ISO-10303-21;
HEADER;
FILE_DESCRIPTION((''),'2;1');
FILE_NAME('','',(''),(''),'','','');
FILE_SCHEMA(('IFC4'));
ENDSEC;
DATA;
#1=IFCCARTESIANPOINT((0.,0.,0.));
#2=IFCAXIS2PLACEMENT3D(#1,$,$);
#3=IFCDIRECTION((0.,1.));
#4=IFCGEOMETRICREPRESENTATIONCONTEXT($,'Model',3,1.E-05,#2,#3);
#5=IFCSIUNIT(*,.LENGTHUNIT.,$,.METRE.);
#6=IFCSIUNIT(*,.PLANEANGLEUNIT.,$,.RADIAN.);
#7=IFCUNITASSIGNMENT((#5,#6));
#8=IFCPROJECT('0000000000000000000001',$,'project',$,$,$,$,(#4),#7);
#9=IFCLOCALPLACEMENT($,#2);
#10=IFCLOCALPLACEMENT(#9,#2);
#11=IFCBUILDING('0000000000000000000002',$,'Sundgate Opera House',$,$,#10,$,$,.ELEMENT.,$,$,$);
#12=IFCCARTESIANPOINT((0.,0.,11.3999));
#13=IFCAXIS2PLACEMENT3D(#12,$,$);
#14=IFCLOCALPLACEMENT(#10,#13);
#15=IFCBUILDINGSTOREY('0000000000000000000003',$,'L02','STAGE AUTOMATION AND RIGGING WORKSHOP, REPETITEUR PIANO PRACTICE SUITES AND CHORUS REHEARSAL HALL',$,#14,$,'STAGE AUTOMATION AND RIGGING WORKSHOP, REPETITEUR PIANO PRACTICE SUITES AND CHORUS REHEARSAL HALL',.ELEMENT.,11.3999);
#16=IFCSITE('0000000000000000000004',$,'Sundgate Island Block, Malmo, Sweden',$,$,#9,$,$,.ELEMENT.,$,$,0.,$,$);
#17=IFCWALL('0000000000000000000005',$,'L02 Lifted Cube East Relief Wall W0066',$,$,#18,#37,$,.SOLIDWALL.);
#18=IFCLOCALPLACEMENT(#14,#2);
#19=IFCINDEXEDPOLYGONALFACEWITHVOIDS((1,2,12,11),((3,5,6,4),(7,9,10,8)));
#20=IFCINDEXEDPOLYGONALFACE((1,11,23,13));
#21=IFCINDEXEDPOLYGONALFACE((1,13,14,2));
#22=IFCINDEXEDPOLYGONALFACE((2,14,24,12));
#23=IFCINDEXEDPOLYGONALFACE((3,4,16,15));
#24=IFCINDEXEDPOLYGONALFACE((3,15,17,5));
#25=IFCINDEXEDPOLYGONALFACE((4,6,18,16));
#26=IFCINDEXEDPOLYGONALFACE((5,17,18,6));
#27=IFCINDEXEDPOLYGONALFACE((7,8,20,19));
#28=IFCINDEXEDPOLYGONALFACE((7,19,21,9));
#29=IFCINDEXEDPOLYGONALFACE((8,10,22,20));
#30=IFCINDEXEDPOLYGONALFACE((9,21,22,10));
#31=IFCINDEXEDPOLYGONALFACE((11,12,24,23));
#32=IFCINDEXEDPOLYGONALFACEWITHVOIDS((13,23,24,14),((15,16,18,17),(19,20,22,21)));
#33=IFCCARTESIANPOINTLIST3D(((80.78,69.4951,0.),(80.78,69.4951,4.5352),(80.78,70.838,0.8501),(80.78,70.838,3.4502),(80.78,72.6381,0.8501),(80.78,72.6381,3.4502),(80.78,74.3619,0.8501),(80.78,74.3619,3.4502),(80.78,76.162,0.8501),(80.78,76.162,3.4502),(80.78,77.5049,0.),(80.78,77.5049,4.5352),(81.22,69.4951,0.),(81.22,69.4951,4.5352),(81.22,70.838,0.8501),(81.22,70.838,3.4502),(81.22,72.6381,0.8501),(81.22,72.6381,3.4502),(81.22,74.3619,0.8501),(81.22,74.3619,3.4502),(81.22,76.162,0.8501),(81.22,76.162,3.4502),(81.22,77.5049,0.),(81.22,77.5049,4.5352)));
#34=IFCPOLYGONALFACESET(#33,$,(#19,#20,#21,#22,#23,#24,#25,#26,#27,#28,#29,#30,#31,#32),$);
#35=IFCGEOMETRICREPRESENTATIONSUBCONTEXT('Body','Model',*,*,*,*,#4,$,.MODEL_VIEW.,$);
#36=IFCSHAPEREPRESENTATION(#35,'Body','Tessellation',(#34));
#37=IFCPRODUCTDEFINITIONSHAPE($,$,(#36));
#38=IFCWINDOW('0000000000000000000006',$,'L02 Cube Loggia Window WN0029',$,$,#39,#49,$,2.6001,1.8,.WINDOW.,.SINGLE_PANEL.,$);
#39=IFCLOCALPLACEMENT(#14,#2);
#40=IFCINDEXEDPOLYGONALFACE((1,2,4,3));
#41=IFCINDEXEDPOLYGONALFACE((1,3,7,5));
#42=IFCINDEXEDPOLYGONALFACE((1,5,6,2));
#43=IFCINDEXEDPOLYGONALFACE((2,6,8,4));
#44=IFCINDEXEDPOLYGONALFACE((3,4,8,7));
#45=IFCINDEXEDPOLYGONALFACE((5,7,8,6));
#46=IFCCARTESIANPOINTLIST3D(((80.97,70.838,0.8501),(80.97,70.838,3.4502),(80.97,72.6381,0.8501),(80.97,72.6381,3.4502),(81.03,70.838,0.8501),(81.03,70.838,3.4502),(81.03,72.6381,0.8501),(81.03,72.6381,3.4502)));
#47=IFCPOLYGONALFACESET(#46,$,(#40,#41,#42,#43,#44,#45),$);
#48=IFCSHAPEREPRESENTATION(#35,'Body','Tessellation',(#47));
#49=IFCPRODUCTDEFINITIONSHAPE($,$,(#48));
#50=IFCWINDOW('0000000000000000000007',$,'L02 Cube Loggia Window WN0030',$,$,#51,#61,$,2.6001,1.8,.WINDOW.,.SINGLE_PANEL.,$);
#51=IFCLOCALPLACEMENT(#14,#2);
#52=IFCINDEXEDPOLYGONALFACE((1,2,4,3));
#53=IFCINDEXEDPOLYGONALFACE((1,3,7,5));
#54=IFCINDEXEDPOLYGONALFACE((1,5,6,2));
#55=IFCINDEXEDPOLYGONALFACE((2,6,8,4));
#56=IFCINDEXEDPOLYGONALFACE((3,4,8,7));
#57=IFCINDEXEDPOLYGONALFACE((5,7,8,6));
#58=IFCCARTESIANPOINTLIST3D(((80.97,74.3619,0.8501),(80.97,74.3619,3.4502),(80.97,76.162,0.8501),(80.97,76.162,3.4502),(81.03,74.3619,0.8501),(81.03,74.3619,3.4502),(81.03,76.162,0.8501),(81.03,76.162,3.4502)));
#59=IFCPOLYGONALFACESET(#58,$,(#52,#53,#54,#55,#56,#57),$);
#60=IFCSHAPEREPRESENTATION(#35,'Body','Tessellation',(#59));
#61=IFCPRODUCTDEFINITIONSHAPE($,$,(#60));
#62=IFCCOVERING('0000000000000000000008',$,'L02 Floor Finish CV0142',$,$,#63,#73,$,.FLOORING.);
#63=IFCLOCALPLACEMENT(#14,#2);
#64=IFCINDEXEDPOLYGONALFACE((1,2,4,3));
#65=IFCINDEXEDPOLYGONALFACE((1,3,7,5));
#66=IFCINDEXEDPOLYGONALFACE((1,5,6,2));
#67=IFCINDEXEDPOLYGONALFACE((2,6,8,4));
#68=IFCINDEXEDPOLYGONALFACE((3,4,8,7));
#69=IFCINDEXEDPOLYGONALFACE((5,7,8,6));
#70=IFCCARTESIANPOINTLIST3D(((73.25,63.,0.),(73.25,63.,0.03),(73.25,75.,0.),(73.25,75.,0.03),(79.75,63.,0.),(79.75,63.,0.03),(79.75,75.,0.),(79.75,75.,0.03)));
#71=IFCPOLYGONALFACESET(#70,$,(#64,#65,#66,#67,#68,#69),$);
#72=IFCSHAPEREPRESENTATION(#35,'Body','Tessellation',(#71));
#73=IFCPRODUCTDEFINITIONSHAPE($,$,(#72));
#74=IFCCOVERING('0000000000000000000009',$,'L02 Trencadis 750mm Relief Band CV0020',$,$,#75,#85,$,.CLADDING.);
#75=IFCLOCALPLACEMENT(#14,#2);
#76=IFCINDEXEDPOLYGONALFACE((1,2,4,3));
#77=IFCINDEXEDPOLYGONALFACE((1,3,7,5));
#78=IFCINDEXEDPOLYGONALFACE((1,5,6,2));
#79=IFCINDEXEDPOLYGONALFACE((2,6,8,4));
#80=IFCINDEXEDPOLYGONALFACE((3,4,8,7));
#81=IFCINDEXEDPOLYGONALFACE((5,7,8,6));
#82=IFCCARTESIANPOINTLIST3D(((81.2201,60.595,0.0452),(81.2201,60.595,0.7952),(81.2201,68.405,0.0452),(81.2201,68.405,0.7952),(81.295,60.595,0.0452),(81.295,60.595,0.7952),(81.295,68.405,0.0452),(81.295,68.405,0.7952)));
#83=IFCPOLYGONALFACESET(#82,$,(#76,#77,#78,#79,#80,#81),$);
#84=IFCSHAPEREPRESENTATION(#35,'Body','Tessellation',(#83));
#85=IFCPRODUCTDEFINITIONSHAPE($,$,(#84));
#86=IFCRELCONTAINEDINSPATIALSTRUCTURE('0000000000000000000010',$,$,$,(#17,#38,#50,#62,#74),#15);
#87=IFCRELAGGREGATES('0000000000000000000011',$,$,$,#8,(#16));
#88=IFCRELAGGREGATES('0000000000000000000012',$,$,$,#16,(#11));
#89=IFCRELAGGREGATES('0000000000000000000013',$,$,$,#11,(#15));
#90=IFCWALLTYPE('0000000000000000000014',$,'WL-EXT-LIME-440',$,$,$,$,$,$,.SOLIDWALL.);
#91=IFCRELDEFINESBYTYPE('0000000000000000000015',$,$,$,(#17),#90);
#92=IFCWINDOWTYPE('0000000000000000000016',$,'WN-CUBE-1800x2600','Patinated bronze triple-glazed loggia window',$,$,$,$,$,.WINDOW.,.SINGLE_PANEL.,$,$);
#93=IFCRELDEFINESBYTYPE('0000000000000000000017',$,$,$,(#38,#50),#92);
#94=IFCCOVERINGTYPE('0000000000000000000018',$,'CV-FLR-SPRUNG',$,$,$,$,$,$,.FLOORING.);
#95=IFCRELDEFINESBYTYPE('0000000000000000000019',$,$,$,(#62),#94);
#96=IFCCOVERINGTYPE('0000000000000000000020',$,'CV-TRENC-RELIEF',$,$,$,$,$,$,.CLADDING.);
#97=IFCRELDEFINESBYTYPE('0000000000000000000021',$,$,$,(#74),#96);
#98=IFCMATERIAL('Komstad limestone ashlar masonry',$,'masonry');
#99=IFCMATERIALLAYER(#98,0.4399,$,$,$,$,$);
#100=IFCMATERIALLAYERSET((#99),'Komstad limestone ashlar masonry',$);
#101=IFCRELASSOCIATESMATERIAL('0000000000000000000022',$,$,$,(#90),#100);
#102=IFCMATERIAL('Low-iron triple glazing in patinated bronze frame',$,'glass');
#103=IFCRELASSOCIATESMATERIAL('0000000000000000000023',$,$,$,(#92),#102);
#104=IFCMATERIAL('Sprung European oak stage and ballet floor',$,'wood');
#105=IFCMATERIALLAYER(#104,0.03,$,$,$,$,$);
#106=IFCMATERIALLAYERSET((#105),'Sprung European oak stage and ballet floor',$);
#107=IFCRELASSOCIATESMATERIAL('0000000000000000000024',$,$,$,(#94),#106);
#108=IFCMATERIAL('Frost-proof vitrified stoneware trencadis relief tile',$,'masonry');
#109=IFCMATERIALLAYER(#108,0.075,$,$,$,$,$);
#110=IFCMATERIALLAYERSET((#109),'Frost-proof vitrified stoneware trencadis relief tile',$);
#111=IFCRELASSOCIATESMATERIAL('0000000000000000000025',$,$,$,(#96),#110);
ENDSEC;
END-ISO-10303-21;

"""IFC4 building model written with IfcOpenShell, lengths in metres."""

from ifc_helpers import new_model, si_unit, direction, frame, frame_2d, origin, origin_2d, place, context, subcontext, project, spatial, rectangle, extrude, material, layer, layer_set, type_object, element, fill, save


model = new_model("IFC4")

# Units and contexts
model_context = context("Model", 3, precision=1e-05, world=origin(), true_north=direction((0.0, 1.0)))
body_context = subcontext(model_context, "Body", "Model", "MODEL_VIEW")
ifc_project = project(units=[si_unit("LENGTHUNIT", "METRE"), si_unit("PLANEANGLEUNIT", "RADIAN")], contexts=[model_context])

# Site, building, storey
site_placement = place(None, origin())
site = spatial("IfcSite", under=ifc_project, at=site_placement, Name="Sundgate Island Block, Malmo, Sweden", CompositionType="ELEMENT", RefElevation=0.0)
building_placement = place(site_placement, origin())
building = spatial("IfcBuilding", under=site, at=building_placement, Name="Sundgate Opera House", CompositionType="ELEMENT")
storey_placement = place(building_placement, frame((0.0, 0.0, 11.3999)))
storey = spatial("IfcBuildingStorey", under=building, at=storey_placement, Name="L02", Description="STAGE AUTOMATION AND RIGGING WORKSHOP, REPETITEUR PIANO PRACTICE SUITES AND CHORUS REHEARSAL HALL", LongName="STAGE AUTOMATION AND RIGGING WORKSHOP, REPETITEUR PIANO PRACTICE SUITES AND CHORUS REHEARSAL HALL", CompositionType="ELEMENT", Elevation=11.3999)

# Wall, openings, windows
ifc_material_1 = material(Name="Komstad limestone ashlar masonry", Category="masonry")
ifc_layer_1 = layer(ifc_material_1, 0.4399)
ifc_layer_set_1 = layer_set([ifc_layer_1], Name="Komstad limestone ashlar masonry")
wall_type = type_object("IfcWallType", Name="WL-EXT-LIME-440", PredefinedType="SOLIDWALL", material=ifc_layer_set_1)
ifc_material_2 = material(Name="Low-iron triple glazing in patinated bronze frame", Category="glass")
window_type = type_object("IfcWindowType", Name="WN-CUBE-1800x2600", Description="Patinated bronze triple-glazed loggia window", PartitioningType="SINGLE_PANEL", PredefinedType="WINDOW", material=ifc_material_2)
wall_1_placement = place(storey_placement, frame((81.0, 69.4951, 0.0), z_axis=(0.0, 0.0, 1.0), x_axis=(0.0, 1.0, 0.0)))
wall_1 = element("IfcWall", 1, at=wall_1_placement, inside=storey, type_object=wall_type, Name="L02 Lifted Cube East Relief Wall W0066", PredefinedType="SOLIDWALL", context=body_context, shape_type="SweptSolid", body=[
    extrude(rectangle(XDim=8.0098, YDim=0.4399, at=frame_2d((4.0049, 0.0))), origin(), (0.0, 0.0, 1.0), 4.5352),
])
opening_1_placement = place(wall_1_placement, frame((1.343, 0.0, 0.8501)))
opening_1 = element("IfcOpeningElement", 2, at=opening_1_placement, cuts=wall_1, PredefinedType="OPENING", context=body_context, shape_type="SweptSolid", body=[
    extrude(rectangle(XDim=1.8, YDim=2.6001, at=frame_2d((0.8999, 1.3))), frame((0.0, 0.23, 0.0), z_axis=(0.0, -1.0, 0.0), x_axis=(1.0, 0.0, 0.0)), (0.0, 0.0, 1.0), 0.46),
])
opening_2_placement = place(wall_1_placement, frame((4.8669, 0.0, 0.8501)))
opening_2 = element("IfcOpeningElement", 3, at=opening_2_placement, cuts=wall_1, PredefinedType="OPENING", context=body_context, shape_type="SweptSolid", body=[
    extrude(rectangle(XDim=1.8, YDim=2.6001, at=frame_2d((0.8999, 1.3))), frame((0.0, 0.23, 0.0), z_axis=(0.0, -1.0, 0.0), x_axis=(1.0, 0.0, 0.0)), (0.0, 0.0, 1.0), 0.46),
])
window_1_placement = place(opening_1_placement, origin())
window_1 = element("IfcWindow", 4, at=window_1_placement, inside=storey, type_object=window_type, Name="L02 Cube Loggia Window WN0029", OverallHeight=2.6001, OverallWidth=1.8, PartitioningType="SINGLE_PANEL", PredefinedType="WINDOW", context=body_context, shape_type="SweptSolid", body=[
    extrude(rectangle(XDim=1.8, YDim=2.6001, at=frame_2d((0.8999, 1.3))), frame((0.0, 0.03, 0.0), z_axis=(0.0, -1.0, 0.0), x_axis=(1.0, 0.0, 0.0)), (0.0, 0.0, 1.0), 0.0601),
])
fill(opening_1, window_1)
window_2_placement = place(opening_2_placement, origin())
window_2 = element("IfcWindow", 5, at=window_2_placement, inside=storey, type_object=window_type, Name="L02 Cube Loggia Window WN0030", OverallHeight=2.6001, OverallWidth=1.8, PartitioningType="SINGLE_PANEL", PredefinedType="WINDOW", context=body_context, shape_type="SweptSolid", body=[
    extrude(rectangle(XDim=1.8, YDim=2.6001, at=frame_2d((0.8999, 1.3))), frame((0.0, 0.03, 0.0), z_axis=(0.0, -1.0, 0.0), x_axis=(1.0, 0.0, 0.0)), (0.0, 0.0, 1.0), 0.0601),
])
fill(opening_2, window_2)

# Coverings
ifc_material_3 = material(Name="Sprung European oak stage and ballet floor", Category="wood")
ifc_layer_2 = layer(ifc_material_3, 0.03)
ifc_layer_set_2 = layer_set([ifc_layer_2], Name="Sprung European oak stage and ballet floor")
covering_type_1 = type_object("IfcCoveringType", Name="CV-FLR-SPRUNG", PredefinedType="FLOORING", material=ifc_layer_set_2)
covering_1_placement = place(storey_placement, frame((76.5, 69.0, 0.0), z_axis=(0.0, 0.0, 1.0), x_axis=(1.0, 0.0, 0.0)))
element("IfcCovering", 6, at=covering_1_placement, inside=storey, type_object=covering_type_1, Name="L02 Floor Finish CV0142", PredefinedType="FLOORING", context=body_context, shape_type="SweptSolid", body=[
    extrude(rectangle(XDim=6.5, YDim=12.0, at=origin_2d()), origin(), (0.0, 0.0, 1.0), 0.03),
])
ifc_material_4 = material(Name="Frost-proof vitrified stoneware trencadis relief tile", Category="masonry")
ifc_layer_3 = layer(ifc_material_4, 0.075)
ifc_layer_set_3 = layer_set([ifc_layer_3], Name="Frost-proof vitrified stoneware trencadis relief tile")
covering_type_2 = type_object("IfcCoveringType", Name="CV-TRENC-RELIEF", PredefinedType="CLADDING", material=ifc_layer_set_3)
covering_2_placement = place(storey_placement, frame((81.2576, 64.5, 0.0452), z_axis=(0.0, 0.0, 1.0), x_axis=(0.0, 1.0, 0.0)))
element("IfcCovering", 7, at=covering_2_placement, inside=storey, type_object=covering_type_2, Name="L02 Trencadis 750mm Relief Band CV0020", PredefinedType="CLADDING", context=body_context, shape_type="SweptSolid", body=[
    extrude(rectangle(XDim=7.8101, YDim=0.075, at=origin_2d()), origin(), (0.0, 0.0, 1.0), 0.75),
])

save(model, "model.ifc")
